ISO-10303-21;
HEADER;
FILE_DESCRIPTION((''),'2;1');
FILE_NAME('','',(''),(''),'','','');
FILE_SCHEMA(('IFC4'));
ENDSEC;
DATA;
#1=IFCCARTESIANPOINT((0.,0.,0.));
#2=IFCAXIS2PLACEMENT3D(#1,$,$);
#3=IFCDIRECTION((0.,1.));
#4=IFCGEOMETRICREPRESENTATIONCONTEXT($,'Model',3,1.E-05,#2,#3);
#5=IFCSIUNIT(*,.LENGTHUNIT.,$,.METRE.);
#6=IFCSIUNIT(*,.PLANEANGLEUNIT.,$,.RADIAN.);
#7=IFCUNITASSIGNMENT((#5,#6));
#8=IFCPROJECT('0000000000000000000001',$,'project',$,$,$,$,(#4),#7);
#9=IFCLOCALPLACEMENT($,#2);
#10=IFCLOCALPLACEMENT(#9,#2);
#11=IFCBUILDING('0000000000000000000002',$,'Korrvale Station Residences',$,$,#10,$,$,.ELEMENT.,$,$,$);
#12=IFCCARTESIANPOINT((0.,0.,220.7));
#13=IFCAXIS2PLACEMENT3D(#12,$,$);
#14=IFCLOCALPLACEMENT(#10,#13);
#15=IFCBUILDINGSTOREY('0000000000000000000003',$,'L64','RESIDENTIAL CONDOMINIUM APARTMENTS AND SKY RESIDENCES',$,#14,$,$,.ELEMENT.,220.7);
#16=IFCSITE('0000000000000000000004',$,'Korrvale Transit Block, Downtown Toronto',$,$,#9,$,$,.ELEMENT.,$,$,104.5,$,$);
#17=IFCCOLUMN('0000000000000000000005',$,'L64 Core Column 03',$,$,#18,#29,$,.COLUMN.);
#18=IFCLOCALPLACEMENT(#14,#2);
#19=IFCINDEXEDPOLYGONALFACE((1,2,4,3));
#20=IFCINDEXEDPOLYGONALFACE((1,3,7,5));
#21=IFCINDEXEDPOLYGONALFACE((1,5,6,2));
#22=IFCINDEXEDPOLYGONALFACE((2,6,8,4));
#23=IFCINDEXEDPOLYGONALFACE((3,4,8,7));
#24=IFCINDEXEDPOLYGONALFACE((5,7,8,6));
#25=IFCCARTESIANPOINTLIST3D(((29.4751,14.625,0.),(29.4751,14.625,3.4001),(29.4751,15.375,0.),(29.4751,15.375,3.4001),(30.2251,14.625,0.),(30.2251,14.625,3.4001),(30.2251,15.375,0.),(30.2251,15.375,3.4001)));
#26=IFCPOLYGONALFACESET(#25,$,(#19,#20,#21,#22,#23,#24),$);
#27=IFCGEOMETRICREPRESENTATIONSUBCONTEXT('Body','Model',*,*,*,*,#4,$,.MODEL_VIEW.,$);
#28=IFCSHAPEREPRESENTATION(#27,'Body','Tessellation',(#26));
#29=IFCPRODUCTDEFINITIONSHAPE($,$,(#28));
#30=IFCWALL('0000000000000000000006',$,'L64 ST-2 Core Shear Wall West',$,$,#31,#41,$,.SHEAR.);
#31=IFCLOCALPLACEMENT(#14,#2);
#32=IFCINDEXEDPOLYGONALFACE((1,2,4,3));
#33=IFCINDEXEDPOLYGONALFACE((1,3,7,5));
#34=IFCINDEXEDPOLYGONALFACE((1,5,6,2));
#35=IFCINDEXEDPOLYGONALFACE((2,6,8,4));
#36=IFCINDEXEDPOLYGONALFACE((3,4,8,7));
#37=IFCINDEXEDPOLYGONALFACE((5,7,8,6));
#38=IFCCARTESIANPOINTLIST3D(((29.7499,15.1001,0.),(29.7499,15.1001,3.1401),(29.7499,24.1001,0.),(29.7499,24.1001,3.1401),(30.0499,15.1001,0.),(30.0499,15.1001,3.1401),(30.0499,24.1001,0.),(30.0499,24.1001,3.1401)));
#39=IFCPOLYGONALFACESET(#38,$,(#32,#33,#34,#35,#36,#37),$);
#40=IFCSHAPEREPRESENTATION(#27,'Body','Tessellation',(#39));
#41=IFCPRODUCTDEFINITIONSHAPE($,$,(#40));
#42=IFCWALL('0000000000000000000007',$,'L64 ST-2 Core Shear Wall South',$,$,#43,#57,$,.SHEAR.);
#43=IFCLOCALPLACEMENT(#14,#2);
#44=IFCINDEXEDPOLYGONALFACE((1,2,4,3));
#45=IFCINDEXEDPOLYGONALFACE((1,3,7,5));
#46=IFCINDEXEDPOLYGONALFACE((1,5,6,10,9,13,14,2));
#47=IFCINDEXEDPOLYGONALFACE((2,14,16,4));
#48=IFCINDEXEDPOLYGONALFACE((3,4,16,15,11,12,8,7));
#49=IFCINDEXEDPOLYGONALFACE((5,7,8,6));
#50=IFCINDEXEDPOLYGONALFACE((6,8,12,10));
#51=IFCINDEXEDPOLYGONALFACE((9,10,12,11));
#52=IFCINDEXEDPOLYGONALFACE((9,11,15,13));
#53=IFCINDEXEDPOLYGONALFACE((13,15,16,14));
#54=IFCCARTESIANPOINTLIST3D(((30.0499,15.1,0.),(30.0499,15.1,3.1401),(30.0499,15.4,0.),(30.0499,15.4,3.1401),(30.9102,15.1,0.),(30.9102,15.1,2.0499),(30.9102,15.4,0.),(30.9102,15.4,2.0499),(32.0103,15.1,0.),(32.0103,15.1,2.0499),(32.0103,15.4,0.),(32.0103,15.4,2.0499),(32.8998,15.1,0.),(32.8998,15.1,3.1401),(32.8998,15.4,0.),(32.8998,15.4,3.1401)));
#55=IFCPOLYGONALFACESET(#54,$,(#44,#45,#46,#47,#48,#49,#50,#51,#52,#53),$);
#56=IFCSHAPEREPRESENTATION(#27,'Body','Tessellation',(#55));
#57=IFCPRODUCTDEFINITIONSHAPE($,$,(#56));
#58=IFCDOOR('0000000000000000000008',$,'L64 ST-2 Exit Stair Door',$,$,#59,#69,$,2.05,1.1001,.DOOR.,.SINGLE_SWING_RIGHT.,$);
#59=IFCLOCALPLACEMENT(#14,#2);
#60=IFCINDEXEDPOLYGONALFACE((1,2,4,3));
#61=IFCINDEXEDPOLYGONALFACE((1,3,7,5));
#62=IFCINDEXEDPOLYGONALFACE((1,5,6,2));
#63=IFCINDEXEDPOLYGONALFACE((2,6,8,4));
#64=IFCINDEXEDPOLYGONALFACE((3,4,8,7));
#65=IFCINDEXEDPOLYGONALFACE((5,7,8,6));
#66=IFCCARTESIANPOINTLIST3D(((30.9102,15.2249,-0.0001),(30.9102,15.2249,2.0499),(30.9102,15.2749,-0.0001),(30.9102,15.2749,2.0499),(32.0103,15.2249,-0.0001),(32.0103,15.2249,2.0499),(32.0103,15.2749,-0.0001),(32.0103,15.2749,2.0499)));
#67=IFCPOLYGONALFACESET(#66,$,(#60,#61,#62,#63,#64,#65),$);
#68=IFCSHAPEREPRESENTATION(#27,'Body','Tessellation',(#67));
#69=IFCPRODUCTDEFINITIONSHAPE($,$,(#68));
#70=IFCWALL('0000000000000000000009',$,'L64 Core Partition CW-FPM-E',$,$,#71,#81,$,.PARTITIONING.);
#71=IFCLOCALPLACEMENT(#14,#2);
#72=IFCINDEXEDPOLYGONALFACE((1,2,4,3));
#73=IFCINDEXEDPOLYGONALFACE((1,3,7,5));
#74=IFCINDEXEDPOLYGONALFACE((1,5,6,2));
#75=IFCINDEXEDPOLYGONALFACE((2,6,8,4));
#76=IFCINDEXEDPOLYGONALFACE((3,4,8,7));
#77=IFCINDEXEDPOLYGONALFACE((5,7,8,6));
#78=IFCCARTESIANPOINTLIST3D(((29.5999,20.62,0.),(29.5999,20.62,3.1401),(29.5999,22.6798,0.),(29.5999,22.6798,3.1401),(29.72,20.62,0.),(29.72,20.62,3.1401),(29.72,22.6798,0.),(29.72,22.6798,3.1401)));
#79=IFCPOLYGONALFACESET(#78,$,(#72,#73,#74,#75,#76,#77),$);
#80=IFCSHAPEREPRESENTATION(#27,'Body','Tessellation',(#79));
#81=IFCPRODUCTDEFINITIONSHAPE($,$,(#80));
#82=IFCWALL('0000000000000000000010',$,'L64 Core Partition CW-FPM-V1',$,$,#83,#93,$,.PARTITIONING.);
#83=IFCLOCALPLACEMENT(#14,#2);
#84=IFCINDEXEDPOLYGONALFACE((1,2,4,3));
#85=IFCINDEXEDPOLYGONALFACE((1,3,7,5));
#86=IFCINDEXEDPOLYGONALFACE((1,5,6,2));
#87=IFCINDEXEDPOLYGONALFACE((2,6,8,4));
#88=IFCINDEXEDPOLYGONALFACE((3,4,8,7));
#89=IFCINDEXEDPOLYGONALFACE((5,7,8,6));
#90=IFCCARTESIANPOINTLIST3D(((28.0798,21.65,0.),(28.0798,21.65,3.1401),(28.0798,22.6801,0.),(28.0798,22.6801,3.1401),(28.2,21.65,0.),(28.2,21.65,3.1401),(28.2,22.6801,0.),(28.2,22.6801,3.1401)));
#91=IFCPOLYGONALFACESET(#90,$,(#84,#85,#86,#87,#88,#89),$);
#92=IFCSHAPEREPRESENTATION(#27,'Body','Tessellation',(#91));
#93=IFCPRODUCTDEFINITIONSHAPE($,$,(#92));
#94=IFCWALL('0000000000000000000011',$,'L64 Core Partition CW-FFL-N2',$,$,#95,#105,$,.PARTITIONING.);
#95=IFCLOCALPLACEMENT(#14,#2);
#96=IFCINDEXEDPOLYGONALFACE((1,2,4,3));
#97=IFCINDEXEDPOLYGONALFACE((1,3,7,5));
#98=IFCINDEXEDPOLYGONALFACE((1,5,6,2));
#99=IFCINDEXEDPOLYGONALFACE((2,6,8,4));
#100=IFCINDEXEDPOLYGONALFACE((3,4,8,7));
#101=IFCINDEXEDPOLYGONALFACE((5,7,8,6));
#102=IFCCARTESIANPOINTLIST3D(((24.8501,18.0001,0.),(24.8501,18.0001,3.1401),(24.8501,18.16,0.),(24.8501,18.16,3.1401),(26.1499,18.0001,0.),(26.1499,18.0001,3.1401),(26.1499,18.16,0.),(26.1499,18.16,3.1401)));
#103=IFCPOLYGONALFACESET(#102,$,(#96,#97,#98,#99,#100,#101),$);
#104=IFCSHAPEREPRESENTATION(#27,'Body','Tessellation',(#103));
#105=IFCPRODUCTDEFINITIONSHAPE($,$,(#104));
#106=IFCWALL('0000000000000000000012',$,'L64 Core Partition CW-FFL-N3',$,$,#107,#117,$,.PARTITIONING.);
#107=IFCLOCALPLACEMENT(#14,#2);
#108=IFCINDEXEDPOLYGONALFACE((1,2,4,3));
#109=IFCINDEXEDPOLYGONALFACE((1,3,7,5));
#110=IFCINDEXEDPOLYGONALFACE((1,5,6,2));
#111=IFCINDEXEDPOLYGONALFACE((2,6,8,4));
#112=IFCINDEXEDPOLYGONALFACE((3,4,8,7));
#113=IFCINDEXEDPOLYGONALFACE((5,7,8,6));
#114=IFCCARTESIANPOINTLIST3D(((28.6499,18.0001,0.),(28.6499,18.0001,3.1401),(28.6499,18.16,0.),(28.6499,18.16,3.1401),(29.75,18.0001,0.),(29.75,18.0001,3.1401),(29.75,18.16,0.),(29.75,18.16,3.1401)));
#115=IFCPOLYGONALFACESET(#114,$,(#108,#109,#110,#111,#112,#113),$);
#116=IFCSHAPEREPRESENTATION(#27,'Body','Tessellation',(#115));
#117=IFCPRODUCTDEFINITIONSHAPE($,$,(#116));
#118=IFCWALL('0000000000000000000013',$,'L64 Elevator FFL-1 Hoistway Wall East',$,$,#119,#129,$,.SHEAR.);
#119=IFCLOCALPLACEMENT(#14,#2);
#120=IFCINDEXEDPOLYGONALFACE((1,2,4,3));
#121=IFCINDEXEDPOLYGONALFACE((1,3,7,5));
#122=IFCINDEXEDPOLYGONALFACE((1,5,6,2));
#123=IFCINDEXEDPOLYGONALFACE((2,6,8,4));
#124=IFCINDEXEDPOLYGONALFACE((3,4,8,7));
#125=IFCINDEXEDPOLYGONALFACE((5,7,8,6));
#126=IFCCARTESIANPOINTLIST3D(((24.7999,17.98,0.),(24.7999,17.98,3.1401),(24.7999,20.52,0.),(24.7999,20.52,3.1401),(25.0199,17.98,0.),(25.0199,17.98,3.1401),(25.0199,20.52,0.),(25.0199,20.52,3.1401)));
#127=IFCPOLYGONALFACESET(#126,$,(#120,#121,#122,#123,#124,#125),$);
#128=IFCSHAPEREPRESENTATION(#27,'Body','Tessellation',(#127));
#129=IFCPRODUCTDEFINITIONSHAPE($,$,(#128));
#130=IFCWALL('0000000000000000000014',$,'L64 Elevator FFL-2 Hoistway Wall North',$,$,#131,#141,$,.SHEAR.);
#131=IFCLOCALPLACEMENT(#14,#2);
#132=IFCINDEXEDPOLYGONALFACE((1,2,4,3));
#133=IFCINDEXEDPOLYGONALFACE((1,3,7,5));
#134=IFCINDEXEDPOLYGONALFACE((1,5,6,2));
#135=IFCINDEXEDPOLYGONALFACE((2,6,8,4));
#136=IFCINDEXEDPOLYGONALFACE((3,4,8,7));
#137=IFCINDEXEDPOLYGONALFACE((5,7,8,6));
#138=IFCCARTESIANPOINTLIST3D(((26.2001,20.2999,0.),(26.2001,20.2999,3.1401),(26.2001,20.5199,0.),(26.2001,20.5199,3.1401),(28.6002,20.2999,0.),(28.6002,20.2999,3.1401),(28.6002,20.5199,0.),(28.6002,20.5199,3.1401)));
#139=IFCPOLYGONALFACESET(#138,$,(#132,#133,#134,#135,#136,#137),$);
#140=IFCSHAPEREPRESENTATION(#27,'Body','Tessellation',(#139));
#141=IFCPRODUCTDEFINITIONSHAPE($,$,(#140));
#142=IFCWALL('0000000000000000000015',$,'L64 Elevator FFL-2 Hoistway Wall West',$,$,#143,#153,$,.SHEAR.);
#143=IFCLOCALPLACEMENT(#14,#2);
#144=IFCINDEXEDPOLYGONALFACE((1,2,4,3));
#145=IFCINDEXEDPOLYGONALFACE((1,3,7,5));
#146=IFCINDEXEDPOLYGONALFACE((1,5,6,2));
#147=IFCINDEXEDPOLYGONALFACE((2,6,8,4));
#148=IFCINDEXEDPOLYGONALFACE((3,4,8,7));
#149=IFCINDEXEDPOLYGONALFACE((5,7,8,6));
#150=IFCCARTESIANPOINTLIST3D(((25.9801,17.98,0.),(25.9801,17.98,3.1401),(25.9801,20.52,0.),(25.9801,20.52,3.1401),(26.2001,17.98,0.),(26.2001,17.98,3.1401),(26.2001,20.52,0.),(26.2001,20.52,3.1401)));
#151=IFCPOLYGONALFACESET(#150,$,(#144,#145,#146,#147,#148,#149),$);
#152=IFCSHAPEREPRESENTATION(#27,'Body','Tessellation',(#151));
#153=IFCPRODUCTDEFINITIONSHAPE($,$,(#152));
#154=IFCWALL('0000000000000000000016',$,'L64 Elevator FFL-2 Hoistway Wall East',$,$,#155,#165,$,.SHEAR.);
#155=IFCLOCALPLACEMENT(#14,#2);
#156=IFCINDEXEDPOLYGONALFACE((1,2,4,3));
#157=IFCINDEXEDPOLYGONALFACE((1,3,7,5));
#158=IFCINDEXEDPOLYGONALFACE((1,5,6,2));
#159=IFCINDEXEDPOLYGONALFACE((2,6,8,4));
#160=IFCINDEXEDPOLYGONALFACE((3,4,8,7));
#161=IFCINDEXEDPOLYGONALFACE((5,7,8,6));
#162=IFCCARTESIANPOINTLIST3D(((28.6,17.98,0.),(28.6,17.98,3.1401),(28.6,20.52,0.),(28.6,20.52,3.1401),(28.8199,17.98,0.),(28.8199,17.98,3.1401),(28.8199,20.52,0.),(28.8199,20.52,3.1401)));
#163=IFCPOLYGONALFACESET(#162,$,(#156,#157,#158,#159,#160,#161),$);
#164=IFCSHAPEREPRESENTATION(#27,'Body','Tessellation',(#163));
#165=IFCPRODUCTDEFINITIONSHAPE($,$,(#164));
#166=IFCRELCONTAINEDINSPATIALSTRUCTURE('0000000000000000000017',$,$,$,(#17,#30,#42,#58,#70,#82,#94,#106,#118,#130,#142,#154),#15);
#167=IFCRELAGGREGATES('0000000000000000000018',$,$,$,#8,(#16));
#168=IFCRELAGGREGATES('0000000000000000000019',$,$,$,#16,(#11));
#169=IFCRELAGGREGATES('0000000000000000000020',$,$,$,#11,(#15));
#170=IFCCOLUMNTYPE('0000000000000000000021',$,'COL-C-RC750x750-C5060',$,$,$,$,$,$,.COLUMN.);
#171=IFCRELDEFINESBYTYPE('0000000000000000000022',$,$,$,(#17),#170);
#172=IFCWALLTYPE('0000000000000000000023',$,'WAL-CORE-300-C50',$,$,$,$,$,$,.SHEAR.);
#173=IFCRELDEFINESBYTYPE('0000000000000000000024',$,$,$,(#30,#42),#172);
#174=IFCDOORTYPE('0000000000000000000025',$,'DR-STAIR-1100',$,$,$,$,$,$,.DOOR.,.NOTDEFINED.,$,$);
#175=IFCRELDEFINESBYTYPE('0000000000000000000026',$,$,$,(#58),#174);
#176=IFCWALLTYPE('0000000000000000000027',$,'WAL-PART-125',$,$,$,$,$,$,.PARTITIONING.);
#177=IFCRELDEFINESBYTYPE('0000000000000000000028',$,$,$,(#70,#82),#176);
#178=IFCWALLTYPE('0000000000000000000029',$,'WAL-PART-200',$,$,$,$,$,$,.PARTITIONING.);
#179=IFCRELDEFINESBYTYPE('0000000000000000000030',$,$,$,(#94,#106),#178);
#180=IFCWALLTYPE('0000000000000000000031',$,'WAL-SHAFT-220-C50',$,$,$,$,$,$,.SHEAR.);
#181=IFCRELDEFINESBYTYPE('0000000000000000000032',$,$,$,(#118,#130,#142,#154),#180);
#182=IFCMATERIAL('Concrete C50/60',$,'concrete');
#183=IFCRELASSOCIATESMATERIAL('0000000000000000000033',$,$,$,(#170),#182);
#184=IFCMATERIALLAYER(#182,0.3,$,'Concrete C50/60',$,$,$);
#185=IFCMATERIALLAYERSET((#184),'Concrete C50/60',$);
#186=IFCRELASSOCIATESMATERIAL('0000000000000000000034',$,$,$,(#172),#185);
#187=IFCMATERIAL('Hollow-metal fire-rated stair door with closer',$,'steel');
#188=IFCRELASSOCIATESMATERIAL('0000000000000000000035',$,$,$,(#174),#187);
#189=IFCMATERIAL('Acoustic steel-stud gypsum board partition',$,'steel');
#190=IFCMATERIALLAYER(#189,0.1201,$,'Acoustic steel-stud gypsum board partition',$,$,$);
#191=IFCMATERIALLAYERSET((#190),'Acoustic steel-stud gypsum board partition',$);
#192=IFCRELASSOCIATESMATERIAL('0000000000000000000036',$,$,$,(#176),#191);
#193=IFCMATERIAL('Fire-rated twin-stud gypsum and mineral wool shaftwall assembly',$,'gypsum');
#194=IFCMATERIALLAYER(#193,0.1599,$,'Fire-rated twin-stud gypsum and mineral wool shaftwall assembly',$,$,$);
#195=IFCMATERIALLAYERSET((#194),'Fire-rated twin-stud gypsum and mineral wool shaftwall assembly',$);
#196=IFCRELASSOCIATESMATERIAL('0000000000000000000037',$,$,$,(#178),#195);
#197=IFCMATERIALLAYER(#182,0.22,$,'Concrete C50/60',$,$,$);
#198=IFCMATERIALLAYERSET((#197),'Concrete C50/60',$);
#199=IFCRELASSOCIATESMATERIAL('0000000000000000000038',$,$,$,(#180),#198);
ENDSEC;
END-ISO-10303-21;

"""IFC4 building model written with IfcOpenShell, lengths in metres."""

from ifc_helpers import new_model, si_unit, direction, frame, frame_2d, origin, origin_2d, place, context, subcontext, project, spatial, rectangle, extrude, material, layer, layer_set, material_profile, profile_set, type_object, element, fill, save


model = new_model("IFC4")

# Units and contexts
model_context = context("Model", 3, precision=1e-05, world=origin(), true_north=direction((0.0, 1.0)))
body_context = subcontext(model_context, "Body", "Model", "MODEL_VIEW")
ifc_project = project(units=[si_unit("LENGTHUNIT", "METRE"), si_unit("PLANEANGLEUNIT", "RADIAN")], contexts=[model_context])

# Site, building, storey
site_placement = place(None, origin())
site = spatial("IfcSite", under=ifc_project, at=site_placement, Name="Korrvale Transit Block, Downtown Toronto", CompositionType="ELEMENT", RefElevation=104.5)
building_placement = place(site_placement, origin())
building = spatial("IfcBuilding", under=site, at=building_placement, Name="Korrvale Station Residences", CompositionType="ELEMENT")
storey_placement = place(building_placement, frame((0.0, 0.0, 220.7)))
storey = spatial("IfcBuildingStorey", under=building, at=storey_placement, Name="L64", Description="RESIDENTIAL CONDOMINIUM APARTMENTS AND SKY RESIDENCES", CompositionType="ELEMENT", Elevation=220.7)

# Column
ifc_material_1 = material(Name="Concrete C50/60", Category="concrete")
ifc_material_profile = material_profile(ifc_material_1, rectangle(XDim=0.75, YDim=0.75, at=origin_2d()), Name="RC750x750")
ifc_profile_set = profile_set([ifc_material_profile], Name="Concrete C50/60")
column_type = type_object("IfcColumnType", Name="COL-C-RC750x750-C5060", PredefinedType="COLUMN", material=ifc_profile_set)
column_placement = place(storey_placement, frame((29.8501, 15.0, 0.0), z_axis=(0.0, 0.0, 1.0), x_axis=(1.0, 0.0, 0.0)))
element("IfcColumn", 1, at=column_placement, inside=storey, type_object=column_type, Name="L64 Core Column 03", PredefinedType="COLUMN", context=body_context, shape_type="SweptSolid", body=[
    extrude(rectangle(XDim=0.75, YDim=0.75, at=origin_2d()), origin(), (0.0, 0.0, 1.0), 3.4001),
])

# Wall
ifc_layer_1 = layer(ifc_material_1, 0.3, Name="Concrete C50/60")
ifc_layer_set_1 = layer_set([ifc_layer_1], Name="Concrete C50/60")
wall_type_1 = type_object("IfcWallType", Name="WAL-CORE-300-C50", PredefinedType="SHEAR", material=ifc_layer_set_1)
wall_1_placement = place(storey_placement, frame((29.8999, 15.1001, 0.0), z_axis=(0.0, 0.0, 1.0), x_axis=(0.0, 1.0, 0.0)))
element("IfcWall", 2, at=wall_1_placement, inside=storey, type_object=wall_type_1, Name="L64 ST-2 Core Shear Wall West", PredefinedType="SHEAR", context=body_context, shape_type="SweptSolid", body=[
    extrude(rectangle(XDim=9.0, YDim=0.3, at=frame_2d((4.5, 0.0))), origin(), (0.0, 0.0, 1.0), 3.1401),
])

# Wall, opening, door
wall_2_placement = place(storey_placement, frame((30.05, 15.25, 0.0), z_axis=(0.0, 0.0, 1.0), x_axis=(1.0, 0.0, 0.0)))
wall_2 = element("IfcWall", 3, at=wall_2_placement, inside=storey, type_object=wall_type_1, Name="L64 ST-2 Core Shear Wall South", PredefinedType="SHEAR", context=body_context, shape_type="SweptSolid", body=[
    extrude(rectangle(XDim=2.8499, YDim=0.3, at=frame_2d((1.4248, 0.0))), origin(), (0.0, 0.0, 1.0), 3.1401),
])
opening_1_placement = place(wall_2_placement, frame((0.8601, 0.0, 0.0)))
opening_1 = element("IfcOpeningElement", 4, at=opening_1_placement, cuts=wall_2, PredefinedType="OPENING", context=body_context, shape_type="SweptSolid", body=[
    extrude(rectangle(XDim=1.1001, YDim=2.05, at=frame_2d((0.55, 1.0249))), frame((0.0, 0.1602, 0.0), z_axis=(0.0, -1.0, 0.0), x_axis=(1.0, 0.0, 0.0)), (0.0, 0.0, 1.0), 0.3201),
])
ifc_material_2 = material(Name="Hollow-metal fire-rated stair door with closer", Category="steel")
door_type_1 = type_object("IfcDoorType", Name="DR-STAIR-1100", OperationType="NOTDEFINED", PredefinedType="DOOR", material=ifc_material_2)
door_1_placement = place(opening_1_placement, origin())
door_1 = element("IfcDoor", 5, at=door_1_placement, inside=storey, type_object=door_type_1, Name="L64 ST-2 Exit Stair Door", OperationType="SINGLE_SWING_RIGHT", OverallHeight=2.05, OverallWidth=1.1001, PredefinedType="DOOR", context=body_context, shape_type="SweptSolid", body=[
    extrude(rectangle(XDim=1.1001, YDim=2.05, at=frame_2d((0.55, 1.0249))), frame((0.0, 0.0249, 0.0), z_axis=(0.0, -1.0, 0.0), x_axis=(1.0, 0.0, 0.0)), (0.0, 0.0, 1.0), 0.05),
])
fill(opening_1, door_1)

# Walls
ifc_material_3 = material(Name="Acoustic steel-stud gypsum board partition", Category="steel")
ifc_layer_2 = layer(ifc_material_3, 0.1201, Name="Acoustic steel-stud gypsum board partition")
ifc_layer_set_2 = layer_set([ifc_layer_2], Name="Acoustic steel-stud gypsum board partition")
wall_type_2 = type_object("IfcWallType", Name="WAL-PART-125", PredefinedType="PARTITIONING", material=ifc_layer_set_2)
wall_3_placement = place(storey_placement, frame((29.6599, 20.6201, 0.0), z_axis=(0.0, 0.0, 1.0), x_axis=(0.0, 1.0, 0.0)))
element("IfcWall", 6, at=wall_3_placement, inside=storey, type_object=wall_type_2, Name="L64 Core Partition CW-FPM-E", PredefinedType="PARTITIONING", context=body_context, shape_type="SweptSolid", body=[
    extrude(rectangle(XDim=2.0598, YDim=0.1201, at=frame_2d((1.0298, 0.0))), origin(), (0.0, 0.0, 1.0), 3.1401),
])
wall_4_placement = place(storey_placement, frame((28.1399, 21.6499, 0.0), z_axis=(0.0, 0.0, 1.0), x_axis=(0.0, 1.0, 0.0)))
element("IfcWall", 7, at=wall_4_placement, inside=storey, type_object=wall_type_2, Name="L64 Core Partition CW-FPM-V1", PredefinedType="PARTITIONING", context=body_context, shape_type="SweptSolid", body=[
    extrude(rectangle(XDim=1.03, YDim=0.1201, at=frame_2d((0.5151, 0.0))), origin(), (0.0, 0.0, 1.0), 3.1401),
])
ifc_material_4 = material(Name="Fire-rated twin-stud gypsum and mineral wool shaftwall assembly", Category="gypsum")
ifc_layer_3 = layer(ifc_material_4, 0.1599, Name="Fire-rated twin-stud gypsum and mineral wool shaftwall assembly")
ifc_layer_set_3 = layer_set([ifc_layer_3], Name="Fire-rated twin-stud gypsum and mineral wool shaftwall assembly")
wall_type_3 = type_object("IfcWallType", Name="WAL-PART-200", PredefinedType="PARTITIONING", material=ifc_layer_set_3)
wall_5_placement = place(storey_placement, frame((24.8501, 18.0801, 0.0), z_axis=(0.0, 0.0, 1.0), x_axis=(1.0, 0.0, 0.0)))
element("IfcWall", 8, at=wall_5_placement, inside=storey, type_object=wall_type_3, Name="L64 Core Partition CW-FFL-N2", PredefinedType="PARTITIONING", context=body_context, shape_type="SweptSolid", body=[
    extrude(rectangle(XDim=1.2998, YDim=0.1599, at=frame_2d((0.6499, 0.0))), origin(), (0.0, 0.0, 1.0), 3.1401),
])
wall_6_placement = place(storey_placement, frame((28.6499, 18.0801, 0.0), z_axis=(0.0, 0.0, 1.0), x_axis=(1.0, 0.0, 0.0)))
element("IfcWall", 9, at=wall_6_placement, inside=storey, type_object=wall_type_3, Name="L64 Core Partition CW-FFL-N3", PredefinedType="PARTITIONING", context=body_context, shape_type="SweptSolid", body=[
    extrude(rectangle(XDim=1.1001, YDim=0.1599, at=frame_2d((0.55, 0.0))), origin(), (0.0, 0.0, 1.0), 3.1401),
])
ifc_layer_4 = layer(ifc_material_1, 0.22, Name="Concrete C50/60")
ifc_layer_set_4 = layer_set([ifc_layer_4], Name="Concrete C50/60")
wall_type_4 = type_object("IfcWallType", Name="WAL-SHAFT-220-C50", PredefinedType="SHEAR", material=ifc_layer_set_4)
wall_7_placement = place(storey_placement, frame((24.9099, 17.98, 0.0), z_axis=(0.0, 0.0, 1.0), x_axis=(0.0, 1.0, 0.0)))
element("IfcWall", 10, at=wall_7_placement, inside=storey, type_object=wall_type_4, Name="L64 Elevator FFL-1 Hoistway Wall East", PredefinedType="SHEAR", context=body_context, shape_type="SweptSolid", body=[
    extrude(rectangle(XDim=2.54, YDim=0.22, at=frame_2d((1.27, 0.0))), origin(), (0.0, 0.0, 1.0), 3.1401),
])

# Walls
wall_8_placement = place(storey_placement, frame((26.2, 20.4099, 0.0), z_axis=(0.0, 0.0, 1.0), x_axis=(1.0, 0.0, 0.0)))
element("IfcWall", 11, at=wall_8_placement, inside=storey, type_object=wall_type_4, Name="L64 Elevator FFL-2 Hoistway Wall North", PredefinedType="SHEAR", context=body_context, shape_type="SweptSolid", body=[
    extrude(rectangle(XDim=2.4001, YDim=0.22, at=frame_2d((1.2002, 0.0))), origin(), (0.0, 0.0, 1.0), 3.1401),
])
for number, where, z_axis, x_axis, name in (
    (12, (26.0901, 17.98, 0.0), (0.0, 0.0, 1.0), (0.0, 1.0, 0.0), "L64 Elevator FFL-2 Hoistway Wall West"),
    (13, (28.71, 17.98, 0.0), (0.0, 0.0, 1.0), (0.0, 1.0, 0.0), "L64 Elevator FFL-2 Hoistway Wall East"),
):
    element("IfcWall", number, at=place(storey_placement, frame(where, z_axis=z_axis, x_axis=x_axis)), inside=storey, type_object=wall_type_4, Name=name, PredefinedType="SHEAR", context=body_context, shape_type="SweptSolid", body=[
        extrude(rectangle(XDim=2.54, YDim=0.22, at=frame_2d((1.27, 0.0))), origin(), (0.0, 0.0, 1.0), 3.1401),
    ])

save(model, "model.ifc")
